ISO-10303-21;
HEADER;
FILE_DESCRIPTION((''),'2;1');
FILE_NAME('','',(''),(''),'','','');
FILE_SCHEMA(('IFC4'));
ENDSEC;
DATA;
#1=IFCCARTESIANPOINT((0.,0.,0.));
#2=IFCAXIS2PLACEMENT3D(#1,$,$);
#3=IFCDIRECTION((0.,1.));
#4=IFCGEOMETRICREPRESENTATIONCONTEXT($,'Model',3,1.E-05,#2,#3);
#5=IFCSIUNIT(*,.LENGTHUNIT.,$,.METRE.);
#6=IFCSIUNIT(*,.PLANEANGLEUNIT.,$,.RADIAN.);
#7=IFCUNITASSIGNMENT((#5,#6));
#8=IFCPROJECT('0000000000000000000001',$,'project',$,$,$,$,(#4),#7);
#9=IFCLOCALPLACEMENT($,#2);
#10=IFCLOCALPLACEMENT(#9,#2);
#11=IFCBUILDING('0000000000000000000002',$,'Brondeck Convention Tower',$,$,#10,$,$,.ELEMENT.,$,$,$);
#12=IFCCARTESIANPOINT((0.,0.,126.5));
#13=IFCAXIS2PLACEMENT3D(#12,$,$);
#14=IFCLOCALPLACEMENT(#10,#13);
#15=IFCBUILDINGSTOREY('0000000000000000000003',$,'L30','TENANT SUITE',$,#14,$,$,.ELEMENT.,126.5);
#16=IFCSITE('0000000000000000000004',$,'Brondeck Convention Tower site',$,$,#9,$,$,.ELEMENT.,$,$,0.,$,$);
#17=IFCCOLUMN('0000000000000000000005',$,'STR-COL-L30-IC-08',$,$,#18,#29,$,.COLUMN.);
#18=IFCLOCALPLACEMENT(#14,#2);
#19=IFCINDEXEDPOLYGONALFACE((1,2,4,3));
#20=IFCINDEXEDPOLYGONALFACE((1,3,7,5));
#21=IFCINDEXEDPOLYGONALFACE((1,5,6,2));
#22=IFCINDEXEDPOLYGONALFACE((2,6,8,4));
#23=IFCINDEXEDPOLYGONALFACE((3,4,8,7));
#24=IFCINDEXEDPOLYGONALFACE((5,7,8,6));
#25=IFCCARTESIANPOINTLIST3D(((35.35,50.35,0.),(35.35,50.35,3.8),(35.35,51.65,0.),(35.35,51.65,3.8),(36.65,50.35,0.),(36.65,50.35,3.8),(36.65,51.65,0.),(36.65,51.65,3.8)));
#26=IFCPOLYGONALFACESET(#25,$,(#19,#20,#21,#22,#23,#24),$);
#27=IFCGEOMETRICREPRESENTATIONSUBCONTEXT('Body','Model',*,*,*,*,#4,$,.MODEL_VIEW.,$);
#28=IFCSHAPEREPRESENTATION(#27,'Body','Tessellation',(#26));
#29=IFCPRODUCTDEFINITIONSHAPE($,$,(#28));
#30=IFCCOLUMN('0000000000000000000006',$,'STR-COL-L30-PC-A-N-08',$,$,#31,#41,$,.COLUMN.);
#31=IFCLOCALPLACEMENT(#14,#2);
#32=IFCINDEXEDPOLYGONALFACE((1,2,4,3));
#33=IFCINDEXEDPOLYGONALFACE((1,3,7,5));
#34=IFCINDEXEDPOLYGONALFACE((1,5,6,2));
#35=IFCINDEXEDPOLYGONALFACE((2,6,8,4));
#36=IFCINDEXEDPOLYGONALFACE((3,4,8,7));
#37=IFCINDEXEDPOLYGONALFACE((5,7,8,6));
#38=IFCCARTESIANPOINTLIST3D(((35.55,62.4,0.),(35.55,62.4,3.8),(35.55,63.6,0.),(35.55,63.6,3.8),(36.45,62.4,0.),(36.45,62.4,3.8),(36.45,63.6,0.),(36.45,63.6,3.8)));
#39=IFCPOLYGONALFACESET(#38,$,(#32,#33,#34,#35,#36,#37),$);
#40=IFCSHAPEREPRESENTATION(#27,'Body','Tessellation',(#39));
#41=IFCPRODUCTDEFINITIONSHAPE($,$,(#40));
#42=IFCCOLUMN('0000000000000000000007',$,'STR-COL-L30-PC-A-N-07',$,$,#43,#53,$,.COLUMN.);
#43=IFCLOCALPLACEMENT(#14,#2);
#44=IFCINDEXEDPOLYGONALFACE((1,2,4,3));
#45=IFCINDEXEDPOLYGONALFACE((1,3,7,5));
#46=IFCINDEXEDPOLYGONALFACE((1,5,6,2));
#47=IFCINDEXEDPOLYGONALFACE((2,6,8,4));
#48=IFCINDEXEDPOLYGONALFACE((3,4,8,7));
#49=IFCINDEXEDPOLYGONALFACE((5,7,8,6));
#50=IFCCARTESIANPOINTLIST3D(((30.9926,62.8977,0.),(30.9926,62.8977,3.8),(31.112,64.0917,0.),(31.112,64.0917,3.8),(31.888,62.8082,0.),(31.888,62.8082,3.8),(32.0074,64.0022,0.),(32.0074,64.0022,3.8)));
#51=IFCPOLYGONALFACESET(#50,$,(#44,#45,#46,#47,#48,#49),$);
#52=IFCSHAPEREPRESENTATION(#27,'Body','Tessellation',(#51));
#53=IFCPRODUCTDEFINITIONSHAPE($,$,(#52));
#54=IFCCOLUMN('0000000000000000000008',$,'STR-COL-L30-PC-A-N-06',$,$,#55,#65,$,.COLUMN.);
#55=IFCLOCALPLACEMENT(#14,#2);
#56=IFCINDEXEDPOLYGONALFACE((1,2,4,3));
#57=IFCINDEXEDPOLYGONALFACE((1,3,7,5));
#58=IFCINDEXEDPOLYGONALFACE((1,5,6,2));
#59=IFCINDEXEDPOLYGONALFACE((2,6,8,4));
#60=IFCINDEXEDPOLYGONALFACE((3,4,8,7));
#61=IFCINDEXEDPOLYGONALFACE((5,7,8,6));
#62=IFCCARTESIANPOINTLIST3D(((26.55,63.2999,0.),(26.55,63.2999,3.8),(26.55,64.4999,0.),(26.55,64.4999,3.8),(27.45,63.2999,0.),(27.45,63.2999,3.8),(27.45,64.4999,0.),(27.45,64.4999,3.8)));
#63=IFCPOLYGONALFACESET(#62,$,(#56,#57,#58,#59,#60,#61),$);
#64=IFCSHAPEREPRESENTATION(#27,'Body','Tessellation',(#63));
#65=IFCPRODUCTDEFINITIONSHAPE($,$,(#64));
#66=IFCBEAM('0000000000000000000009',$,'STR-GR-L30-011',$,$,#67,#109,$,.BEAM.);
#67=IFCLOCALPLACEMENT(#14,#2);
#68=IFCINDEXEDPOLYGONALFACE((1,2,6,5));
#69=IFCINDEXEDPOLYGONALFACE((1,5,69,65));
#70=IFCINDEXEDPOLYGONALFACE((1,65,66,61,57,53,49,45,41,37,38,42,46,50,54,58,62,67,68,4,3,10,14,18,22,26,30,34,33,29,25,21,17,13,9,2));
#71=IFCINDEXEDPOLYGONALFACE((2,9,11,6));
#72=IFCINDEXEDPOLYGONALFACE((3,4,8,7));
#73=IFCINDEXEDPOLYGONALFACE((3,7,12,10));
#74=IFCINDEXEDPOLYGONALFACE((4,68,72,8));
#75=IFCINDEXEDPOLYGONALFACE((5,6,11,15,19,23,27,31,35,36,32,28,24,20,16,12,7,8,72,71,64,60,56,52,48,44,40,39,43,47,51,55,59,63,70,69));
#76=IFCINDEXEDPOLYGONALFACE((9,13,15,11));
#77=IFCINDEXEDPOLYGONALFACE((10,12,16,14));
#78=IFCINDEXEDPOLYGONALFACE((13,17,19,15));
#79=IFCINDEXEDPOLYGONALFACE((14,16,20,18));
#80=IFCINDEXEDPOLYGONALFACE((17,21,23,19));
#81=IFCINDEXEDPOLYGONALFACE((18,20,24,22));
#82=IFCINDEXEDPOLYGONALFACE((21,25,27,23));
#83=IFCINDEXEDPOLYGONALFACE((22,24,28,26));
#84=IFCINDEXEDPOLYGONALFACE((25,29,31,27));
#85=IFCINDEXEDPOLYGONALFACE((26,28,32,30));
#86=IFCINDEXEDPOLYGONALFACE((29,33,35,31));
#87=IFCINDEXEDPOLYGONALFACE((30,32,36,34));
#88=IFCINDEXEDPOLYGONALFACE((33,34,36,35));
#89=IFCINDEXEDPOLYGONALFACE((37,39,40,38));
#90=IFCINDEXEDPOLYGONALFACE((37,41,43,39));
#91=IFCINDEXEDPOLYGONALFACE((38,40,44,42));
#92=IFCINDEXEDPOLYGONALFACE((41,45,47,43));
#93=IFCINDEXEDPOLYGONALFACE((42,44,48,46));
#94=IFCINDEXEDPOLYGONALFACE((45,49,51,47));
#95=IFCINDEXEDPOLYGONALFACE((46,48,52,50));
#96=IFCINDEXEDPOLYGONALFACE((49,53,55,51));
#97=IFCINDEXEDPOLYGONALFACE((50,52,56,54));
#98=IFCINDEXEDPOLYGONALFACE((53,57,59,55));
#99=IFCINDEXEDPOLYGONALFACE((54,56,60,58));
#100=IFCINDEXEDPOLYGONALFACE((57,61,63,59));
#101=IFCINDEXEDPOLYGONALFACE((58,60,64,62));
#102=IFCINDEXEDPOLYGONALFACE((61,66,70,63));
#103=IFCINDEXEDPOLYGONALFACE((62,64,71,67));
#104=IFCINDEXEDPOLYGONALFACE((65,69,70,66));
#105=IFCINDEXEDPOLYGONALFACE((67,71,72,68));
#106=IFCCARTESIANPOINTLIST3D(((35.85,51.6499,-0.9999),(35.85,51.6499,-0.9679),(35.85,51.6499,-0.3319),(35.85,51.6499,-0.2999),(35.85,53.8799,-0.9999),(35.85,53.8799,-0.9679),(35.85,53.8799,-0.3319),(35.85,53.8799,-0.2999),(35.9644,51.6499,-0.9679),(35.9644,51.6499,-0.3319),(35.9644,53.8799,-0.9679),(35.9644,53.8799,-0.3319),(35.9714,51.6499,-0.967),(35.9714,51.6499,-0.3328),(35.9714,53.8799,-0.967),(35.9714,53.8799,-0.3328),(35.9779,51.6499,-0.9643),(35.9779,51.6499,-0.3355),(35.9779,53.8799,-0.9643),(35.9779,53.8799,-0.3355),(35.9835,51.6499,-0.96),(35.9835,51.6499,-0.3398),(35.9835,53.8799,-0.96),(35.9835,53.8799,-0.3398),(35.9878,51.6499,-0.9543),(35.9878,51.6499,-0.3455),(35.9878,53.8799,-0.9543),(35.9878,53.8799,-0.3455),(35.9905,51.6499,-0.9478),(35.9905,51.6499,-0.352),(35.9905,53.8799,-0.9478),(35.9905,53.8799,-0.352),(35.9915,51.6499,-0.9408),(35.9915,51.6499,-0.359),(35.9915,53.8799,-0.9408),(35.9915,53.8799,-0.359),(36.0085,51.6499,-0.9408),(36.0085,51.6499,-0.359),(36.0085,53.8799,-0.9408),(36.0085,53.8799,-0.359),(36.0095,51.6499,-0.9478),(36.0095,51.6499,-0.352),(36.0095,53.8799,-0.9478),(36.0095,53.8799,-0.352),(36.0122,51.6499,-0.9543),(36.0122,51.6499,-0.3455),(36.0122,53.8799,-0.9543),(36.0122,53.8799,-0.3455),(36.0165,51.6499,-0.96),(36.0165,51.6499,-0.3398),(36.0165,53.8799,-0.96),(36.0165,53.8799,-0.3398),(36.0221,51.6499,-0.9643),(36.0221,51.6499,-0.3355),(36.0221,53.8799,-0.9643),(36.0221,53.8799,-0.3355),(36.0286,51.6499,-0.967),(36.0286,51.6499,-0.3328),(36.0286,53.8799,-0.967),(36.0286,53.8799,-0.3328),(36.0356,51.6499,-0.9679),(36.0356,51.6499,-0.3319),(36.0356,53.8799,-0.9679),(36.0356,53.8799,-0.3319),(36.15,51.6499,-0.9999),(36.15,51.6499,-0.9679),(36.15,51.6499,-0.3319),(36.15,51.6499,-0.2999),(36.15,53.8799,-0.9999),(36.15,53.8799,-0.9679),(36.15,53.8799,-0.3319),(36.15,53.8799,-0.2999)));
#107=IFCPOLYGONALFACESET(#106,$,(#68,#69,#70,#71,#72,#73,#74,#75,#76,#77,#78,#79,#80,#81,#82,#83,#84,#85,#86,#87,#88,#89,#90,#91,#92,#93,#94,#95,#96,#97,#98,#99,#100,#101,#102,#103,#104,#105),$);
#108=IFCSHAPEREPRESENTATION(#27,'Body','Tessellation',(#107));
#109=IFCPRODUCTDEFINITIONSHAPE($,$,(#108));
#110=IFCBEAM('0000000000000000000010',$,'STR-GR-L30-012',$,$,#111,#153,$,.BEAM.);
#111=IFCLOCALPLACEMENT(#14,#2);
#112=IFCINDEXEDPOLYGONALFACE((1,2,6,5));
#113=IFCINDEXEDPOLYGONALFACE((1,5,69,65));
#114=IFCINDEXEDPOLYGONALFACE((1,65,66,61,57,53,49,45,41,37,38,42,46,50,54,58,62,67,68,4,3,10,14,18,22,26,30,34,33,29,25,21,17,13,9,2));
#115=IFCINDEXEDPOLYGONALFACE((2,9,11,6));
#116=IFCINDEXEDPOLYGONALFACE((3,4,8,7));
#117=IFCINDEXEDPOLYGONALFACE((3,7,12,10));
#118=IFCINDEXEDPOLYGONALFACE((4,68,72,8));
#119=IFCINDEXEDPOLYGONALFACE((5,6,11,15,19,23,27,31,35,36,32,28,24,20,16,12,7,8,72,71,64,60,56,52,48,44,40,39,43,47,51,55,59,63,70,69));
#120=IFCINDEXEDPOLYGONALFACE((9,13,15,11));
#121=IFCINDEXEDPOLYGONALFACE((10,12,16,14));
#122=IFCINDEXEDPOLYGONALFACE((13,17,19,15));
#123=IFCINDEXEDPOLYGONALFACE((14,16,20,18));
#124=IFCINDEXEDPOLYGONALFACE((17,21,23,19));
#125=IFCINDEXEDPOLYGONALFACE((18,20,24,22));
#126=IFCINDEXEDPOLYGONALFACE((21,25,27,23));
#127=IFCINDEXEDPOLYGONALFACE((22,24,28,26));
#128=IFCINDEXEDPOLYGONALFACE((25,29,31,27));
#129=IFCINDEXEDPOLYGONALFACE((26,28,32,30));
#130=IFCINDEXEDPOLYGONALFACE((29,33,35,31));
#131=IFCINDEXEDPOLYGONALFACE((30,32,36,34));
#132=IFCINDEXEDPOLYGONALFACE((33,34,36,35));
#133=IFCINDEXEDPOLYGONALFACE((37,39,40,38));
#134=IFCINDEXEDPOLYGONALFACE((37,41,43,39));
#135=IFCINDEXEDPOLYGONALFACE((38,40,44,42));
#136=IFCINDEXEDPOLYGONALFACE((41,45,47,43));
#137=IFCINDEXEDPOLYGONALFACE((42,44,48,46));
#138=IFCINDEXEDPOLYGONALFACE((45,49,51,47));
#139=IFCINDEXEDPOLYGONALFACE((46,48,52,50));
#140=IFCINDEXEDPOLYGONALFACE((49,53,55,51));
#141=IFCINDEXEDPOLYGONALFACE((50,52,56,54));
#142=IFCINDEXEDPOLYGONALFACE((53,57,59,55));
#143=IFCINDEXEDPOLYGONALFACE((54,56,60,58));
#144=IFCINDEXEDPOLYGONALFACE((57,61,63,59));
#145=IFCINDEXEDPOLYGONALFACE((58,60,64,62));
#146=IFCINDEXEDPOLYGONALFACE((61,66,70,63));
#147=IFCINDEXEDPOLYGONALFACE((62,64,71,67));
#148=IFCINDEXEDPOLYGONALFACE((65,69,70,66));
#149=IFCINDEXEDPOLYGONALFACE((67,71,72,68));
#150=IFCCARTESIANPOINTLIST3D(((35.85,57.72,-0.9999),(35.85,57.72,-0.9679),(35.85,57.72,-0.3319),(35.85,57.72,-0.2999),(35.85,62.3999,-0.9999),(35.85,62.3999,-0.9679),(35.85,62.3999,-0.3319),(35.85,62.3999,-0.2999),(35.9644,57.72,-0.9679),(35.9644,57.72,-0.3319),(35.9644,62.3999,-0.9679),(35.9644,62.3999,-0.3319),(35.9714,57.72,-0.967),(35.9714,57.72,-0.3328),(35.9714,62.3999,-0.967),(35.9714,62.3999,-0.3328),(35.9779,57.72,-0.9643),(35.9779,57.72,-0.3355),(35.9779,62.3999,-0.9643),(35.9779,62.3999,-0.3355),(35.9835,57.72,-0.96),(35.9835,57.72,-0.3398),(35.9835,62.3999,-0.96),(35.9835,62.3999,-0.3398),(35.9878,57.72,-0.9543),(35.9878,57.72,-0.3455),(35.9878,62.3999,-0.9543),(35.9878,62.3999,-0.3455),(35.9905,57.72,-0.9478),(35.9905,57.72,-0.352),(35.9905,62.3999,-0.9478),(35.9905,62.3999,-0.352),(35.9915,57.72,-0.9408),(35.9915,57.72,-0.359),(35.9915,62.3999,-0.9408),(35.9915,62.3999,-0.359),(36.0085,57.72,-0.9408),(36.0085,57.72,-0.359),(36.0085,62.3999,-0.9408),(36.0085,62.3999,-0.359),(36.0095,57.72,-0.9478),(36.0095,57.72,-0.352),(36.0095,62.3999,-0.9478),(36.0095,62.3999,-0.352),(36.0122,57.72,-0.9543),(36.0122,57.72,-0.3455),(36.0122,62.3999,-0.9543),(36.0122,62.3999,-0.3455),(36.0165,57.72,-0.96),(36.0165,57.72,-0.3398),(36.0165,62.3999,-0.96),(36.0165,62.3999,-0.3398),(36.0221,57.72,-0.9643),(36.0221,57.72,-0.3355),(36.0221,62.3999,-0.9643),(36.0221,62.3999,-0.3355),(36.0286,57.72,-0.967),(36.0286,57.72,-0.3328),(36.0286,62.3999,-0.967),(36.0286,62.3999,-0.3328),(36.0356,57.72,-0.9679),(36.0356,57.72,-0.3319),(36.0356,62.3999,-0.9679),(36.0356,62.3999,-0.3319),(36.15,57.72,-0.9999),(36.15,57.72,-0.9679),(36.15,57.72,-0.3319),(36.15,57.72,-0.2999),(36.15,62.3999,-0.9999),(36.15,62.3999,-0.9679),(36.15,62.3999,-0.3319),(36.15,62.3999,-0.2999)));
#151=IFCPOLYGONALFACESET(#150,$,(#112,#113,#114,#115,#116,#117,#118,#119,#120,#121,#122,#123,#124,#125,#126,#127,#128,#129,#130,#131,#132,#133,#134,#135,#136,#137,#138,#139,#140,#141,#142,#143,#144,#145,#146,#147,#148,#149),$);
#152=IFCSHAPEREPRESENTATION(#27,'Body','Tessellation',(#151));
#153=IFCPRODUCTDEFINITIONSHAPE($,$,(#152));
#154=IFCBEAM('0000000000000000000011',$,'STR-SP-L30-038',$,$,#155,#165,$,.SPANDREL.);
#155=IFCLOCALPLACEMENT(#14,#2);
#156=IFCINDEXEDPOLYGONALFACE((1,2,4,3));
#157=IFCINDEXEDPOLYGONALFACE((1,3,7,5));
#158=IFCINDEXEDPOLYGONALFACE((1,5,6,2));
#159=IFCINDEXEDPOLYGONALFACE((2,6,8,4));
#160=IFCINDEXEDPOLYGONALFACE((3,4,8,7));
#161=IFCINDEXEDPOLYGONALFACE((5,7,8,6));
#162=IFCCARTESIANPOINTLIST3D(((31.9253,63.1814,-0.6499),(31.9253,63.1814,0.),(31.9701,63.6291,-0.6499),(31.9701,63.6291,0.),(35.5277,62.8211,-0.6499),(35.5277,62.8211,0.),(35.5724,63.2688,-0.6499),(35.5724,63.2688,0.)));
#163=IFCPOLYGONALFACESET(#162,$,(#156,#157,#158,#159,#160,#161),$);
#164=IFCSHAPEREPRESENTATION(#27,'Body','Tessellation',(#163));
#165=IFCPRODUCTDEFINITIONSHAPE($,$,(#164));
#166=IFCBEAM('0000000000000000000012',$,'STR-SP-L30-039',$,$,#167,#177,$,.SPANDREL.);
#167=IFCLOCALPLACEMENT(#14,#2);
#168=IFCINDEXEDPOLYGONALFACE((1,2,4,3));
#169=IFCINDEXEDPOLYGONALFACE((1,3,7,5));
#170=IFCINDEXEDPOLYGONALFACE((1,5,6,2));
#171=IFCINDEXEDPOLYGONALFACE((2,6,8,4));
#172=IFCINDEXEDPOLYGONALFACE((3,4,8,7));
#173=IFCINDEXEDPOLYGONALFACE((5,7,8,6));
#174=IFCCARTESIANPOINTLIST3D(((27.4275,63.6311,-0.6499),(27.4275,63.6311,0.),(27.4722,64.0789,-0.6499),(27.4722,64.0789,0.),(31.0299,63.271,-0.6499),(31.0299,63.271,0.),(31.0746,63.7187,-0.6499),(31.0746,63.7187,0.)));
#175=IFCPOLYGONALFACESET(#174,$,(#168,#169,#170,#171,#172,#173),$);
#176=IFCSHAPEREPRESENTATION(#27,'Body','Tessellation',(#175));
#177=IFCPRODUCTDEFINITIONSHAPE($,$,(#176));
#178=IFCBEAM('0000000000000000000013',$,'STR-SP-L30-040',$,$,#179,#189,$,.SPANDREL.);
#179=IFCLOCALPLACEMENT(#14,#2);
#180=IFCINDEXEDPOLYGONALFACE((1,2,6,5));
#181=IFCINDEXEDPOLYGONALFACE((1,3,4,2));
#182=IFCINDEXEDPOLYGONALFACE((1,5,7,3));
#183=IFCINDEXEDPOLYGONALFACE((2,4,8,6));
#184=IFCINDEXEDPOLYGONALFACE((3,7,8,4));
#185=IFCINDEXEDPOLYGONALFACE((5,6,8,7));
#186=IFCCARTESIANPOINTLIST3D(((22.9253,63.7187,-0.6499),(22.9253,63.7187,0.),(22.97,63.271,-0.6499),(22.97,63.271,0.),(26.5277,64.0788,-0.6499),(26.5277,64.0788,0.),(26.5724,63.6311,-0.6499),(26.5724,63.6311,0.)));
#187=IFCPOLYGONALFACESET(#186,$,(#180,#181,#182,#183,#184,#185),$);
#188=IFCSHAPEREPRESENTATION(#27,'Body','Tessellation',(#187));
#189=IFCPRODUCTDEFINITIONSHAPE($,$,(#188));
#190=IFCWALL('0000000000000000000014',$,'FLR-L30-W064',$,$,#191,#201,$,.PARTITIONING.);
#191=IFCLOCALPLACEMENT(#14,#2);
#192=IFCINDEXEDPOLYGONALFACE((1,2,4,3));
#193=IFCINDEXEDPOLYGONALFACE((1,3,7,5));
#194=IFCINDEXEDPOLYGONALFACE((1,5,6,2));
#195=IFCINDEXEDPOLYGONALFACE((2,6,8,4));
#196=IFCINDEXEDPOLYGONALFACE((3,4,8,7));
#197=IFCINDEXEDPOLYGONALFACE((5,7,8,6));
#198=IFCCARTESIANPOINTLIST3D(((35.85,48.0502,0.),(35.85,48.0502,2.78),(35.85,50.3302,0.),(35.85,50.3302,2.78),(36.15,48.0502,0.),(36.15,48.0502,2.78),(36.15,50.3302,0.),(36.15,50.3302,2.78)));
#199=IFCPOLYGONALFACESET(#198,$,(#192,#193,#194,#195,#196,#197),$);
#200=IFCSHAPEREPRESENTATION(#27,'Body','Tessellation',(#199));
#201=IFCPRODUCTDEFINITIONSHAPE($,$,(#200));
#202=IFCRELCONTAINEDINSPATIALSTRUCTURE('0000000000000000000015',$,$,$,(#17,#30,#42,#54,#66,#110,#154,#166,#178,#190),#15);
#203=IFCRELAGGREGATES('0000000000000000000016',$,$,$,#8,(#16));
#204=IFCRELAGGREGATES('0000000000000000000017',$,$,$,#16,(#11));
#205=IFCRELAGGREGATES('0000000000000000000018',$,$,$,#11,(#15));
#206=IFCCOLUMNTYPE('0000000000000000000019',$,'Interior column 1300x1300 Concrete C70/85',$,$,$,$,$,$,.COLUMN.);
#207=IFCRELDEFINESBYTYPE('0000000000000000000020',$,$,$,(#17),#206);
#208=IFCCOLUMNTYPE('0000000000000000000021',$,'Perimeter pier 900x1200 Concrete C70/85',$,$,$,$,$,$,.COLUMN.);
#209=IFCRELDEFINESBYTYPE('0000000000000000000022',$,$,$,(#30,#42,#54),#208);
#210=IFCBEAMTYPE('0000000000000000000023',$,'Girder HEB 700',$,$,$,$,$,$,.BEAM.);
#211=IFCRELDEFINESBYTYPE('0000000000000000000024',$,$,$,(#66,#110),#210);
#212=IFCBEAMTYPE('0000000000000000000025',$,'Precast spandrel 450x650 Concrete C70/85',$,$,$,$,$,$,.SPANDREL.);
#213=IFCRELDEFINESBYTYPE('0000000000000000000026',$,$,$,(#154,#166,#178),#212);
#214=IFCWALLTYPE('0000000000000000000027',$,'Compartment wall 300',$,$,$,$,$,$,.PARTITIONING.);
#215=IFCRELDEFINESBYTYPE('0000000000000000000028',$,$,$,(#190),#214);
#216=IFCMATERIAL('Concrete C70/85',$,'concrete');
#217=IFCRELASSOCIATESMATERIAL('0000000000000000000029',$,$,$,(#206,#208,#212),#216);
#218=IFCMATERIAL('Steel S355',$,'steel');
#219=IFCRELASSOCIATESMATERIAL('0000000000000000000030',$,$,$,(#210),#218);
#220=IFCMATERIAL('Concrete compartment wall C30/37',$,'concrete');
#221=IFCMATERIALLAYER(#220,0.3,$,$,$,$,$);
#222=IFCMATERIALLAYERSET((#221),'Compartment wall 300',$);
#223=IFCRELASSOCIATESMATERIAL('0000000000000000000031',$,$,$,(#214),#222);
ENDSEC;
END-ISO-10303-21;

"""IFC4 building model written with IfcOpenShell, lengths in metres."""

from ifc_helpers import new_model, si_unit, direction, frame, frame_2d, origin, origin_2d, place, context, subcontext, project, spatial, rectangle, i_section, extrude, material, layer, layer_set, material_profile, profile_set, type_object, element, save


model = new_model("IFC4")

# Units and contexts
model_context = context("Model", 3, precision=1e-05, world=origin(), true_north=direction((0.0, 1.0)))
body_context = subcontext(model_context, "Body", "Model", "MODEL_VIEW")
ifc_project = project(units=[si_unit("LENGTHUNIT", "METRE"), si_unit("PLANEANGLEUNIT", "RADIAN")], contexts=[model_context])

# Site, building, storey
site_placement = place(None, origin())
site = spatial("IfcSite", under=ifc_project, at=site_placement, Name="Brondeck Convention Tower site", CompositionType="ELEMENT", RefElevation=0.0)
building_placement = place(site_placement, origin())
building = spatial("IfcBuilding", under=site, at=building_placement, Name="Brondeck Convention Tower", CompositionType="ELEMENT")
storey_placement = place(building_placement, frame((0.0, 0.0, 126.5)))
storey = spatial("IfcBuildingStorey", under=building, at=storey_placement, Name="L30", Description="TENANT SUITE", CompositionType="ELEMENT", Elevation=126.5)

# Columns
ifc_material_1 = material(Name="Concrete C70/85", Category="concrete")
ifc_material_profile_1 = material_profile(ifc_material_1, rectangle(XDim=1.3, YDim=1.3, at=origin_2d()), Name="Interior column 1300x1300 Concrete C70/85")
ifc_profile_set_1 = profile_set([ifc_material_profile_1], Name="Concrete C70/85")
column_type_1 = type_object("IfcColumnType", Name="Interior column 1300x1300 Concrete C70/85", PredefinedType="COLUMN", material=ifc_profile_set_1)
column_placement = place(storey_placement, frame((36.0, 51.0, 0.0), z_axis=(0.0, 0.0, 1.0), x_axis=(1.0, 0.0, 0.0)))
element("IfcColumn", 1, at=column_placement, inside=storey, type_object=column_type_1, Name="STR-COL-L30-IC-08", PredefinedType="COLUMN", context=body_context, shape_type="SweptSolid", body=[
    extrude(rectangle(XDim=1.3, YDim=1.3, at=origin_2d()), origin(), (0.0, 0.0, 1.0), 3.8),
])
ifc_material_profile_2 = material_profile(ifc_material_1, rectangle(XDim=0.8999, YDim=1.2, at=origin_2d()), Name="Perimeter pier 900x1200 Concrete C70/85")
ifc_profile_set_2 = profile_set([ifc_material_profile_2], Name="Concrete C70/85")
column_type_2 = type_object("IfcColumnType", Name="Perimeter pier 900x1200 Concrete C70/85", PredefinedType="COLUMN", material=ifc_profile_set_2)
for number, where, z_axis, x_axis, name in (
    (2, (36.0, 63.0, 0.0), (0.0, 0.0, 1.0), (-1.0, 0.0, 0.0), "STR-COL-L30-PC-A-N-08"),
    (3, (31.5, 63.45, 0.0), (0.0, 0.0, 1.0), (-0.995037, 0.099504, 0.0), "STR-COL-L30-PC-A-N-07"),
    (4, (27.0, 63.8999, 0.0), (0.0, 0.0, 1.0), (-1.0, 0.0, 0.0), "STR-COL-L30-PC-A-N-06"),
):
    element("IfcColumn", number, at=place(storey_placement, frame(where, z_axis=z_axis, x_axis=x_axis)), inside=storey, type_object=column_type_2, Name=name, PredefinedType="COLUMN", context=body_context, shape_type="SweptSolid", body=[
        extrude(rectangle(XDim=0.8999, YDim=1.2, at=origin_2d()), origin(), (0.0, 0.0, 1.0), 3.8),
    ])

# Beams
ifc_material_2 = material(Name="Steel S355", Category="steel")
ifc_material_profile_3 = material_profile(ifc_material_2, i_section(OverallWidth=0.3, OverallDepth=0.7, WebThickness=0.0171, FlangeThickness=0.032, FilletRadius=0.0271, at=origin_2d()), Name="HEB 700")
ifc_profile_set_3 = profile_set([ifc_material_profile_3], Name="Steel S355")
beam_type_1 = type_object("IfcBeamType", Name="Girder HEB 700", PredefinedType="BEAM", material=ifc_profile_set_3)
beam_1_placement = place(storey_placement, frame((36.0, 51.6499, -0.6499), z_axis=(0.0, 1.0, 0.0), x_axis=(-1.0, 0.0, 0.0)))
element("IfcBeam", 5, at=beam_1_placement, inside=storey, type_object=beam_type_1, Name="STR-GR-L30-011", PredefinedType="BEAM", context=body_context, shape_type="SweptSolid", body=[
    extrude(i_section(OverallWidth=0.3, OverallDepth=0.7, WebThickness=0.0171, FlangeThickness=0.032, FilletRadius=0.0271, at=origin_2d()), origin(), (0.0, 0.0, 1.0), 2.23),
])
beam_2_placement = place(storey_placement, frame((36.0, 57.72, -0.6499), z_axis=(0.0, 1.0, 0.0), x_axis=(-1.0, 0.0, 0.0)))
element("IfcBeam", 6, at=beam_2_placement, inside=storey, type_object=beam_type_1, Name="STR-GR-L30-012", PredefinedType="BEAM", context=body_context, shape_type="SweptSolid", body=[
    extrude(i_section(OverallWidth=0.3, OverallDepth=0.7, WebThickness=0.0171, FlangeThickness=0.032, FilletRadius=0.0271, at=origin_2d()), origin(), (0.0, 0.0, 1.0), 4.6799),
])
ifc_material_profile_4 = material_profile(ifc_material_1, rectangle(XDim=0.45, YDim=0.6499, at=origin_2d()), Name="Precast spandrel 450x650 Concrete C70/85")
ifc_profile_set_4 = profile_set([ifc_material_profile_4], Name="Concrete C70/85")
beam_type_2 = type_object("IfcBeamType", Name="Precast spandrel 450x650 Concrete C70/85", PredefinedType="SPANDREL", material=ifc_profile_set_4)
for number, where, z_axis, x_axis, name in (
    (7, (35.55, 63.0449, -0.325), (-0.995034, 0.099537, 0.0), (-0.099537, -0.995034, 0.0), "STR-SP-L30-038"),
    (8, (31.0522, 63.4949, -0.325), (-0.995041, 0.09947, 0.0), (-0.09947, -0.995041, 0.0), "STR-SP-L30-039"),
    (9, (26.55, 63.855, -0.325), (-0.995041, -0.09947, 0.0), (0.09947, -0.995041, 0.0), "STR-SP-L30-040"),
):
    element("IfcBeam", number, at=place(storey_placement, frame(where, z_axis=z_axis, x_axis=x_axis)), inside=storey, type_object=beam_type_2, Name=name, PredefinedType="SPANDREL", context=body_context, shape_type="SweptSolid", body=[
        extrude(rectangle(XDim=0.45, YDim=0.6499, at=origin_2d()), origin(), (0.0, 0.0, 1.0), 3.6204),
    ])

# Wall
ifc_material_3 = material(Name="Concrete compartment wall C30/37", Category="concrete")
ifc_layer_1 = layer(ifc_material_3, 0.3)
ifc_layer_set_1 = layer_set([ifc_layer_1], Name="Compartment wall 300")
wall_type_1 = type_object("IfcWallType", Name="Compartment wall 300", PredefinedType="PARTITIONING", material=ifc_layer_set_1)
wall_1_placement = place(storey_placement, frame((36.0, 48.05, 0.0), z_axis=(0.0, 0.0, 1.0), x_axis=(0.0, 1.0, 0.0)))
element("IfcWall", 10, at=wall_1_placement, inside=storey, type_object=wall_type_1, Name="FLR-L30-W064", PredefinedType="PARTITIONING", context=body_context, shape_type="SweptSolid", body=[
    extrude(rectangle(XDim=2.28, YDim=0.3, at=frame_2d((1.1401, 0.0))), origin(), (0.0, 0.0, 1.0), 2.78),
])

save(model, "model.ifc")
